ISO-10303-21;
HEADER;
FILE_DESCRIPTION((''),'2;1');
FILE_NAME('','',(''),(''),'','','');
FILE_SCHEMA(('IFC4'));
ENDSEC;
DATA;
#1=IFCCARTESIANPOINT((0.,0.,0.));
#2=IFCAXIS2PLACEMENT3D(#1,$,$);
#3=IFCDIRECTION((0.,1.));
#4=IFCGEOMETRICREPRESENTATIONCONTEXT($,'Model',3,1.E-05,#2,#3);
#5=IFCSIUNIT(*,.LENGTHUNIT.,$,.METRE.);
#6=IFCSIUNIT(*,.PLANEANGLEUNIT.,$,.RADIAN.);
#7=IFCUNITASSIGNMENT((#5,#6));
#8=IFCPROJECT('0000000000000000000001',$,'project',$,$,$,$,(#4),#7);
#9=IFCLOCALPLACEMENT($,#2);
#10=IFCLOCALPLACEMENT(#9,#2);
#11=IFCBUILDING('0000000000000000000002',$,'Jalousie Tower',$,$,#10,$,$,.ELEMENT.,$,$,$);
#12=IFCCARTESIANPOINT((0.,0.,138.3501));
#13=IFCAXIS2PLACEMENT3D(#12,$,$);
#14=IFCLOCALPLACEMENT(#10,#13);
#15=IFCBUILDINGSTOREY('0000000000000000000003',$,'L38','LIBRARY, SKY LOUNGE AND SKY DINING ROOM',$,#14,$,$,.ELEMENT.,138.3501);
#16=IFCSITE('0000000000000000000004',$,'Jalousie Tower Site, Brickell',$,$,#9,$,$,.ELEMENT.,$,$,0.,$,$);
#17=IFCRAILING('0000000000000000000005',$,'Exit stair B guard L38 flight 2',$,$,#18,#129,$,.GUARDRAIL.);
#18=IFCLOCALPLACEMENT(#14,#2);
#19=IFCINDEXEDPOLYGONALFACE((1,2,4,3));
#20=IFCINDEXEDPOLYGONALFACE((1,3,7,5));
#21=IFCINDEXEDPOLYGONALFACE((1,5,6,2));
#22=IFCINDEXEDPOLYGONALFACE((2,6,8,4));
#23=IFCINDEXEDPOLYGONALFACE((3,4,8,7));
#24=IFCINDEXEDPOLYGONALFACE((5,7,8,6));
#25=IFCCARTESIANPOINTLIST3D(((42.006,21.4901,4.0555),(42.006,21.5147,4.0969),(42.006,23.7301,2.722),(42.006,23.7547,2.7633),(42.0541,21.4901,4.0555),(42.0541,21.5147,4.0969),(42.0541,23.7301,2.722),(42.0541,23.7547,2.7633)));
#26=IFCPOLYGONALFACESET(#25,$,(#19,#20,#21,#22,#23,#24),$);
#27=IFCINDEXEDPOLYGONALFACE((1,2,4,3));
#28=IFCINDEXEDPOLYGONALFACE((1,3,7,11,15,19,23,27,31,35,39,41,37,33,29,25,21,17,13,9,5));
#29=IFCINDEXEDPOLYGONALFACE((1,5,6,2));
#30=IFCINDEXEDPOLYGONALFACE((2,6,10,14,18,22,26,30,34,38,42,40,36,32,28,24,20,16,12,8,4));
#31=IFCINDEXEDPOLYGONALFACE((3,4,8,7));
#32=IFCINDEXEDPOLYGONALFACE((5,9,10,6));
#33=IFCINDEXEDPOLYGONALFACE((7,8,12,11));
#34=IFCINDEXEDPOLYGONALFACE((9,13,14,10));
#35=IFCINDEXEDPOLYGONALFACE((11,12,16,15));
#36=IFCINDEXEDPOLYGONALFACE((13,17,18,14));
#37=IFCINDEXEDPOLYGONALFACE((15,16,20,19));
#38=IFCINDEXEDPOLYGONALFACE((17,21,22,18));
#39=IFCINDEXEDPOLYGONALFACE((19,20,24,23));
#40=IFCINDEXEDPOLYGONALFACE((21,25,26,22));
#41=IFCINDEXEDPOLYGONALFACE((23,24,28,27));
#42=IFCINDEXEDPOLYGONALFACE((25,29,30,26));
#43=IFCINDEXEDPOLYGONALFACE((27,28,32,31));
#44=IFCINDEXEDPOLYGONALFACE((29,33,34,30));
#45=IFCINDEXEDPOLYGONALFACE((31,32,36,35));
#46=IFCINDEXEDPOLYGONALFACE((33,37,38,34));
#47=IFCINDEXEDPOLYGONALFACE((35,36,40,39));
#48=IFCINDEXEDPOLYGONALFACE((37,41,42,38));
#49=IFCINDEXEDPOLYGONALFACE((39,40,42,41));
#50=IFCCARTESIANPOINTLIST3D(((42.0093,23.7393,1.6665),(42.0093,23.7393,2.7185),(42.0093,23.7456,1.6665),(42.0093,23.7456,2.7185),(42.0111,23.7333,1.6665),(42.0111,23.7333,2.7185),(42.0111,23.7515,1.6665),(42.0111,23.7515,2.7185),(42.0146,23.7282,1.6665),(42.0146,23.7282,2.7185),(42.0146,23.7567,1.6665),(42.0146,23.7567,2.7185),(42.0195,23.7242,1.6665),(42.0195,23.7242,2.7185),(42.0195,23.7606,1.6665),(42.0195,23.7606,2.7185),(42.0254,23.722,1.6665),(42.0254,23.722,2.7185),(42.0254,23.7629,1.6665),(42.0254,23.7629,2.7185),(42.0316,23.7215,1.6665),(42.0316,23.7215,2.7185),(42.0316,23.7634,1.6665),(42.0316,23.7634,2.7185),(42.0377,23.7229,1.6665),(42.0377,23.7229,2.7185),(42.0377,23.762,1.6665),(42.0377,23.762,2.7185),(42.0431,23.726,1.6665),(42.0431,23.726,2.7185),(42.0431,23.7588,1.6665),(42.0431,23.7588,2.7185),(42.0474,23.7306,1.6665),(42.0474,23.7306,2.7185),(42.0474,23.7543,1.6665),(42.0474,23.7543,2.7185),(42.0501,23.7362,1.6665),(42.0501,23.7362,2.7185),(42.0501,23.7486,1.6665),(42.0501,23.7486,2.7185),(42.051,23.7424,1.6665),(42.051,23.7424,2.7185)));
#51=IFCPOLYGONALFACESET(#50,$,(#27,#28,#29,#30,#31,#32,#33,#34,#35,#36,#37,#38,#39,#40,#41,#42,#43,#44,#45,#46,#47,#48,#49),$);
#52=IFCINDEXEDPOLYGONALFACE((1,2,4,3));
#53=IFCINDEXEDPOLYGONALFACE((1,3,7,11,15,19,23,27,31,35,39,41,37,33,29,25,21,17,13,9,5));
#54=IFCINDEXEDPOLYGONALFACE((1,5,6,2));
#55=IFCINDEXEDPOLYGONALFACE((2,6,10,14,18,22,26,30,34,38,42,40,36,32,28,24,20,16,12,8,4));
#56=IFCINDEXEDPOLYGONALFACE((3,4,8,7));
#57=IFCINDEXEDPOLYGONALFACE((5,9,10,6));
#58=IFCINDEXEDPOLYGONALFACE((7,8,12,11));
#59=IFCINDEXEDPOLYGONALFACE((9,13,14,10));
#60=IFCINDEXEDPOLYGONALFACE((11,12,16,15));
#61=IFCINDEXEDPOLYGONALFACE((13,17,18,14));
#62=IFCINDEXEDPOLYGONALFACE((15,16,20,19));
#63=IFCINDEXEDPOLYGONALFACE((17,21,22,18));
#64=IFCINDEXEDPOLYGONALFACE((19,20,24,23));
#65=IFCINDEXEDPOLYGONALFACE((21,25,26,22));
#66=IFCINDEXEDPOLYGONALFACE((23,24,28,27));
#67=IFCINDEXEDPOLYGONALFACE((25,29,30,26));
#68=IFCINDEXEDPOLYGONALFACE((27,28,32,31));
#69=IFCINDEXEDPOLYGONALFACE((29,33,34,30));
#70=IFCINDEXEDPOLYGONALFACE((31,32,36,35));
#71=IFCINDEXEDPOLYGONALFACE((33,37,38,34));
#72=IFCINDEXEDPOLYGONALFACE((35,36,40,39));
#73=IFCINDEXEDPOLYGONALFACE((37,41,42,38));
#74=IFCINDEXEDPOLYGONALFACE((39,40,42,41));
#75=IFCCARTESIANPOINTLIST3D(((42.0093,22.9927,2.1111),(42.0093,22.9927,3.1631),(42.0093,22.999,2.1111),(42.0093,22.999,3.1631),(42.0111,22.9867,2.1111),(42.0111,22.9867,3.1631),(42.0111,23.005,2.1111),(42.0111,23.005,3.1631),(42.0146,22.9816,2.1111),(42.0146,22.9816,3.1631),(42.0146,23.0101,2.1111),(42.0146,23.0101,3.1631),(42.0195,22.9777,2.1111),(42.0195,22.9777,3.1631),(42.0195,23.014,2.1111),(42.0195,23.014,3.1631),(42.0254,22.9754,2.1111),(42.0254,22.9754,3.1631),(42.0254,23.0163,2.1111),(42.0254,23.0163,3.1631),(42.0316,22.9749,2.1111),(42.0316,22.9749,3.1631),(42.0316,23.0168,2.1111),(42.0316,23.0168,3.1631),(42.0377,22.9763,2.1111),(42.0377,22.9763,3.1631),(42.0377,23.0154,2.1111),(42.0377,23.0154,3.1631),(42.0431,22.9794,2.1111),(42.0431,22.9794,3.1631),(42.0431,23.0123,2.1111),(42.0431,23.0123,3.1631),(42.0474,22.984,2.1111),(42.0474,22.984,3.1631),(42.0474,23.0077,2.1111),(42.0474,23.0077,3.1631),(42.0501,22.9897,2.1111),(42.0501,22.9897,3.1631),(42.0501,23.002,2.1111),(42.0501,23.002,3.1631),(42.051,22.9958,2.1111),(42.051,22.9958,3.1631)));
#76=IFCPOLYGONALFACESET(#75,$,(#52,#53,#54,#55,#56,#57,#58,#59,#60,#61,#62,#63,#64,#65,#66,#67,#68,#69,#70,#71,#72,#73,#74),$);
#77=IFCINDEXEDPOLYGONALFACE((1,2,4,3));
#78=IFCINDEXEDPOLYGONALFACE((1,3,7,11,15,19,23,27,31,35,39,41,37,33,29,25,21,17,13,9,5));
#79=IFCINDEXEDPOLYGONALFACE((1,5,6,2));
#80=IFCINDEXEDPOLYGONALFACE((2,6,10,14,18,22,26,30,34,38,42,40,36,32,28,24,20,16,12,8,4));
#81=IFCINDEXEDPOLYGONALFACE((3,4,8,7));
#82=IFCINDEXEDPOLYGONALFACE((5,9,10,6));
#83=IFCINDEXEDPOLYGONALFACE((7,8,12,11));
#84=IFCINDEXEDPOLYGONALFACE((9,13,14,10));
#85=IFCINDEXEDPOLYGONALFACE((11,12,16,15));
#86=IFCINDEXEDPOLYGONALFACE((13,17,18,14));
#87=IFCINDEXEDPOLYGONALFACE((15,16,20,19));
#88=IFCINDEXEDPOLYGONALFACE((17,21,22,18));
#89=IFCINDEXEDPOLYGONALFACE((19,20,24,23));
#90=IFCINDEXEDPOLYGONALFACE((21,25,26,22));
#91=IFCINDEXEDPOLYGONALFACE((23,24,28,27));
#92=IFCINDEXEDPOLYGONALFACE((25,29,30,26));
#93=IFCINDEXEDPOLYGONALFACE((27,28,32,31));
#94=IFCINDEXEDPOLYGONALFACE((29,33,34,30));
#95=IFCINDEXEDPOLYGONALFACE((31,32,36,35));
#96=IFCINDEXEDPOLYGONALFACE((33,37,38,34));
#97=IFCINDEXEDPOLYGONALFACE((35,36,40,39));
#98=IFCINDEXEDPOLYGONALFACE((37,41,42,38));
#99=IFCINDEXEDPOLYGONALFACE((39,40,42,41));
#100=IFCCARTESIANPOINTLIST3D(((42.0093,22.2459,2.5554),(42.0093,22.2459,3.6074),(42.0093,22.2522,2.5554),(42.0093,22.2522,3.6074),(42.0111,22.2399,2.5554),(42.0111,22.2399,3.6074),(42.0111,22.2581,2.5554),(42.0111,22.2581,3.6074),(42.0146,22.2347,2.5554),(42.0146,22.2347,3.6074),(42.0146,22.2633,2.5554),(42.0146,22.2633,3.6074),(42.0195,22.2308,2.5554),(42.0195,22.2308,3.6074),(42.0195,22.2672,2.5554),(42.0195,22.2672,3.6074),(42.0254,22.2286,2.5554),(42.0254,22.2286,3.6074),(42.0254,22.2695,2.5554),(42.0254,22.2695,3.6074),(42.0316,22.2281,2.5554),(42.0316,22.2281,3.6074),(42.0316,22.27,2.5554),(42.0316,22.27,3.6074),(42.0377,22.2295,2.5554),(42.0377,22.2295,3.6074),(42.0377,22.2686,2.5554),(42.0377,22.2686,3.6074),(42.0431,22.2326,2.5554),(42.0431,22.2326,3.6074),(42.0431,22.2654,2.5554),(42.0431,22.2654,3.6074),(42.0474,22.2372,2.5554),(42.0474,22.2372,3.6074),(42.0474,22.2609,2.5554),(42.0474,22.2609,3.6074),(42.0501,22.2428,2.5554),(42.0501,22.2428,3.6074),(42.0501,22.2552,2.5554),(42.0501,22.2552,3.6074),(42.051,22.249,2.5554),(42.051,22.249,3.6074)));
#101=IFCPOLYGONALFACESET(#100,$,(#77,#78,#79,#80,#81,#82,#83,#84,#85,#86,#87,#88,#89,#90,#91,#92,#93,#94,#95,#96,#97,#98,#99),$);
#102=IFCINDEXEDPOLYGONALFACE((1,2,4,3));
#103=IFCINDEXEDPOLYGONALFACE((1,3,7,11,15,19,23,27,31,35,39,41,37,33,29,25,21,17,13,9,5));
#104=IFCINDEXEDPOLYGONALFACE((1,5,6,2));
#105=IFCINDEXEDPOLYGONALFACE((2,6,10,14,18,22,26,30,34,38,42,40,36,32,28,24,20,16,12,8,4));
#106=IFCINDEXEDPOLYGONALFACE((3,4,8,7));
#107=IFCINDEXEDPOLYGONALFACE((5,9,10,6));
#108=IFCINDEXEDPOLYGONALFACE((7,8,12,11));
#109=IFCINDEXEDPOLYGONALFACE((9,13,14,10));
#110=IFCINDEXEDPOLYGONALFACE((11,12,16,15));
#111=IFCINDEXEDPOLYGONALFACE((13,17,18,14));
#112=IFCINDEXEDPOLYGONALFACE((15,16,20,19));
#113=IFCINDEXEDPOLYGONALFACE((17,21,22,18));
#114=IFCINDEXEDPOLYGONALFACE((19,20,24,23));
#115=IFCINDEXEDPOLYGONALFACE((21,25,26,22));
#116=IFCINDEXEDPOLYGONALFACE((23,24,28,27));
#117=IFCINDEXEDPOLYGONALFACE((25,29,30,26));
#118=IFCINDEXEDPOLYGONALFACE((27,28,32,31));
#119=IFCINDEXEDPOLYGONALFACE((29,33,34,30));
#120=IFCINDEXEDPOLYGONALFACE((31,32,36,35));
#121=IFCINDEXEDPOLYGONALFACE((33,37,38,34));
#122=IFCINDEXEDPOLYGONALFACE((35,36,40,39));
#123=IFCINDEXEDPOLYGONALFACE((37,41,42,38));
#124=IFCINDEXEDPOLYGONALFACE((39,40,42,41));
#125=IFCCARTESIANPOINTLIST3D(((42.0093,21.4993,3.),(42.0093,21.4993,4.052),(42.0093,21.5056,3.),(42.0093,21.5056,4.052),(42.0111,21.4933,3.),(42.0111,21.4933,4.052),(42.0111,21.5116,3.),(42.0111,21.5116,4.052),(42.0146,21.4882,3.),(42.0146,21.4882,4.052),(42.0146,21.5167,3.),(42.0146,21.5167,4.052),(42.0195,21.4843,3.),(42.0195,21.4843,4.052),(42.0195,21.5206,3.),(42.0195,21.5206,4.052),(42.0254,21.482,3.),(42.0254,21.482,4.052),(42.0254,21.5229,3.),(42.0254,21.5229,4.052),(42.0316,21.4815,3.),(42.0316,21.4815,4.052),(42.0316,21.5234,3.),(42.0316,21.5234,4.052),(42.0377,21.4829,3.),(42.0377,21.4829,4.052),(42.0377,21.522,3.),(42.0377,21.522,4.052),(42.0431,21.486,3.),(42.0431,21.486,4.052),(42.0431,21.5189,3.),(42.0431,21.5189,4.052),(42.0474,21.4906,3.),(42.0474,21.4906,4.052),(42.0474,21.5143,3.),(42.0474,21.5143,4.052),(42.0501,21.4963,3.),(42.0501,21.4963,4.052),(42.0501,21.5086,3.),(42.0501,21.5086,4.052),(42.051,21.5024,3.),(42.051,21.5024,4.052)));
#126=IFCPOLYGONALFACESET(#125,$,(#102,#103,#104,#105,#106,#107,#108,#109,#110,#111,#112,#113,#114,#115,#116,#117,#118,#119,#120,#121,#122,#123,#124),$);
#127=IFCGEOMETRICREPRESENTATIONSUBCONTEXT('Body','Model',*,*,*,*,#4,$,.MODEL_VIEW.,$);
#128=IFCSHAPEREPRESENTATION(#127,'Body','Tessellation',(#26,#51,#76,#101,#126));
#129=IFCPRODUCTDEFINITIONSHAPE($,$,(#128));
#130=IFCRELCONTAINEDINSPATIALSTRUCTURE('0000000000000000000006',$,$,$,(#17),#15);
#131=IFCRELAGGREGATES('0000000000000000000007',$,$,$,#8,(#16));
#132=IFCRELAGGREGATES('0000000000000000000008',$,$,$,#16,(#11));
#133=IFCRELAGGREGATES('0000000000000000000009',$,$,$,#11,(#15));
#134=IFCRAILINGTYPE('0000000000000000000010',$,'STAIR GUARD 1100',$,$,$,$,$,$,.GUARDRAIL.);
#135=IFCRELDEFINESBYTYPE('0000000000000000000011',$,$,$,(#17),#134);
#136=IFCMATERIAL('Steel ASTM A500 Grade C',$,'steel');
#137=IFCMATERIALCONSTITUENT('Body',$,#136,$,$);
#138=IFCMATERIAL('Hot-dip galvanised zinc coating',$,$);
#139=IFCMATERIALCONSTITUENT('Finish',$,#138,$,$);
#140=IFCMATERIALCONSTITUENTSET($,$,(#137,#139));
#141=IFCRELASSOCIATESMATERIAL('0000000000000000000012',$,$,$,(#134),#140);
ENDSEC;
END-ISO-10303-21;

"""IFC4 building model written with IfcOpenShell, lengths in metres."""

from ifc_helpers import new_model, si_unit, direction, frame, origin, origin_2d, place, context, subcontext, project, spatial, rectangle, circle, extrude, material, constituent, constituent_set, type_object, element, save


model = new_model("IFC4")

# Units and contexts
model_context = context("Model", 3, precision=1e-05, world=origin(), true_north=direction((0.0, 1.0)))
body_context = subcontext(model_context, "Body", "Model", "MODEL_VIEW")
ifc_project = project(units=[si_unit("LENGTHUNIT", "METRE"), si_unit("PLANEANGLEUNIT", "RADIAN")], contexts=[model_context])

# Site, building, storey
site_placement = place(None, origin())
site = spatial("IfcSite", under=ifc_project, at=site_placement, Name="Jalousie Tower Site, Brickell", CompositionType="ELEMENT", RefElevation=0.0)
building_placement = place(site_placement, origin())
building = spatial("IfcBuilding", under=site, at=building_placement, Name="Jalousie Tower", CompositionType="ELEMENT")
storey_placement = place(building_placement, frame((0.0, 0.0, 138.3501)))
storey = spatial("IfcBuildingStorey", under=building, at=storey_placement, Name="L38", Description="LIBRARY, SKY LOUNGE AND SKY DINING ROOM", CompositionType="ELEMENT", Elevation=138.3501)

# Railing
ifc_material_1 = material(Name="Steel ASTM A500 Grade C", Category="steel")
ifc_constituent_1 = constituent(ifc_material_1, Name="Body")
ifc_material_2 = material(Name="Hot-dip galvanised zinc coating")
ifc_constituent_2 = constituent(ifc_material_2, Name="Finish")
ifc_constituent_set_1 = constituent_set(constituents=[ifc_constituent_1, ifc_constituent_2])
railing_type_1 = type_object("IfcRailingType", Name="STAIR GUARD 1100", PredefinedType="GUARDRAIL", material=ifc_constituent_set_1)
railing_1_placement = place(storey_placement, frame((42.03, 23.7424, 1.6665)))
element("IfcRailing", 1, at=railing_1_placement, inside=storey, type_object=railing_type_1, Name="Exit stair B guard L38 flight 2", PredefinedType="GUARDRAIL", context=body_context, shape_type="SweptSolid", body=[
    extrude(rectangle(XDim=0.0481, YDim=0.0481, at=origin_2d()), frame((0.0, 0.0, 1.0762), z_axis=(0.0, -0.859264, 0.511532), x_axis=(1.0, 0.0, 0.0)), (0.0, 0.0, 1.0), 2.6069),
    extrude(circle(Radius=0.021, at=origin_2d()), origin(), (0.0, 0.0, 1.0), 1.052),
    extrude(circle(Radius=0.021, at=origin_2d()), frame((0.0, -0.7466, 0.4446)), (0.0, 0.0, 1.0), 1.052),
    extrude(circle(Radius=0.021, at=origin_2d()), frame((0.0, -1.4934, 0.8889)), (0.0, 0.0, 1.0), 1.052),
    extrude(circle(Radius=0.021, at=origin_2d()), frame((0.0, -2.24, 1.3335)), (0.0, 0.0, 1.0), 1.052),
])

save(model, "model.ifc")
